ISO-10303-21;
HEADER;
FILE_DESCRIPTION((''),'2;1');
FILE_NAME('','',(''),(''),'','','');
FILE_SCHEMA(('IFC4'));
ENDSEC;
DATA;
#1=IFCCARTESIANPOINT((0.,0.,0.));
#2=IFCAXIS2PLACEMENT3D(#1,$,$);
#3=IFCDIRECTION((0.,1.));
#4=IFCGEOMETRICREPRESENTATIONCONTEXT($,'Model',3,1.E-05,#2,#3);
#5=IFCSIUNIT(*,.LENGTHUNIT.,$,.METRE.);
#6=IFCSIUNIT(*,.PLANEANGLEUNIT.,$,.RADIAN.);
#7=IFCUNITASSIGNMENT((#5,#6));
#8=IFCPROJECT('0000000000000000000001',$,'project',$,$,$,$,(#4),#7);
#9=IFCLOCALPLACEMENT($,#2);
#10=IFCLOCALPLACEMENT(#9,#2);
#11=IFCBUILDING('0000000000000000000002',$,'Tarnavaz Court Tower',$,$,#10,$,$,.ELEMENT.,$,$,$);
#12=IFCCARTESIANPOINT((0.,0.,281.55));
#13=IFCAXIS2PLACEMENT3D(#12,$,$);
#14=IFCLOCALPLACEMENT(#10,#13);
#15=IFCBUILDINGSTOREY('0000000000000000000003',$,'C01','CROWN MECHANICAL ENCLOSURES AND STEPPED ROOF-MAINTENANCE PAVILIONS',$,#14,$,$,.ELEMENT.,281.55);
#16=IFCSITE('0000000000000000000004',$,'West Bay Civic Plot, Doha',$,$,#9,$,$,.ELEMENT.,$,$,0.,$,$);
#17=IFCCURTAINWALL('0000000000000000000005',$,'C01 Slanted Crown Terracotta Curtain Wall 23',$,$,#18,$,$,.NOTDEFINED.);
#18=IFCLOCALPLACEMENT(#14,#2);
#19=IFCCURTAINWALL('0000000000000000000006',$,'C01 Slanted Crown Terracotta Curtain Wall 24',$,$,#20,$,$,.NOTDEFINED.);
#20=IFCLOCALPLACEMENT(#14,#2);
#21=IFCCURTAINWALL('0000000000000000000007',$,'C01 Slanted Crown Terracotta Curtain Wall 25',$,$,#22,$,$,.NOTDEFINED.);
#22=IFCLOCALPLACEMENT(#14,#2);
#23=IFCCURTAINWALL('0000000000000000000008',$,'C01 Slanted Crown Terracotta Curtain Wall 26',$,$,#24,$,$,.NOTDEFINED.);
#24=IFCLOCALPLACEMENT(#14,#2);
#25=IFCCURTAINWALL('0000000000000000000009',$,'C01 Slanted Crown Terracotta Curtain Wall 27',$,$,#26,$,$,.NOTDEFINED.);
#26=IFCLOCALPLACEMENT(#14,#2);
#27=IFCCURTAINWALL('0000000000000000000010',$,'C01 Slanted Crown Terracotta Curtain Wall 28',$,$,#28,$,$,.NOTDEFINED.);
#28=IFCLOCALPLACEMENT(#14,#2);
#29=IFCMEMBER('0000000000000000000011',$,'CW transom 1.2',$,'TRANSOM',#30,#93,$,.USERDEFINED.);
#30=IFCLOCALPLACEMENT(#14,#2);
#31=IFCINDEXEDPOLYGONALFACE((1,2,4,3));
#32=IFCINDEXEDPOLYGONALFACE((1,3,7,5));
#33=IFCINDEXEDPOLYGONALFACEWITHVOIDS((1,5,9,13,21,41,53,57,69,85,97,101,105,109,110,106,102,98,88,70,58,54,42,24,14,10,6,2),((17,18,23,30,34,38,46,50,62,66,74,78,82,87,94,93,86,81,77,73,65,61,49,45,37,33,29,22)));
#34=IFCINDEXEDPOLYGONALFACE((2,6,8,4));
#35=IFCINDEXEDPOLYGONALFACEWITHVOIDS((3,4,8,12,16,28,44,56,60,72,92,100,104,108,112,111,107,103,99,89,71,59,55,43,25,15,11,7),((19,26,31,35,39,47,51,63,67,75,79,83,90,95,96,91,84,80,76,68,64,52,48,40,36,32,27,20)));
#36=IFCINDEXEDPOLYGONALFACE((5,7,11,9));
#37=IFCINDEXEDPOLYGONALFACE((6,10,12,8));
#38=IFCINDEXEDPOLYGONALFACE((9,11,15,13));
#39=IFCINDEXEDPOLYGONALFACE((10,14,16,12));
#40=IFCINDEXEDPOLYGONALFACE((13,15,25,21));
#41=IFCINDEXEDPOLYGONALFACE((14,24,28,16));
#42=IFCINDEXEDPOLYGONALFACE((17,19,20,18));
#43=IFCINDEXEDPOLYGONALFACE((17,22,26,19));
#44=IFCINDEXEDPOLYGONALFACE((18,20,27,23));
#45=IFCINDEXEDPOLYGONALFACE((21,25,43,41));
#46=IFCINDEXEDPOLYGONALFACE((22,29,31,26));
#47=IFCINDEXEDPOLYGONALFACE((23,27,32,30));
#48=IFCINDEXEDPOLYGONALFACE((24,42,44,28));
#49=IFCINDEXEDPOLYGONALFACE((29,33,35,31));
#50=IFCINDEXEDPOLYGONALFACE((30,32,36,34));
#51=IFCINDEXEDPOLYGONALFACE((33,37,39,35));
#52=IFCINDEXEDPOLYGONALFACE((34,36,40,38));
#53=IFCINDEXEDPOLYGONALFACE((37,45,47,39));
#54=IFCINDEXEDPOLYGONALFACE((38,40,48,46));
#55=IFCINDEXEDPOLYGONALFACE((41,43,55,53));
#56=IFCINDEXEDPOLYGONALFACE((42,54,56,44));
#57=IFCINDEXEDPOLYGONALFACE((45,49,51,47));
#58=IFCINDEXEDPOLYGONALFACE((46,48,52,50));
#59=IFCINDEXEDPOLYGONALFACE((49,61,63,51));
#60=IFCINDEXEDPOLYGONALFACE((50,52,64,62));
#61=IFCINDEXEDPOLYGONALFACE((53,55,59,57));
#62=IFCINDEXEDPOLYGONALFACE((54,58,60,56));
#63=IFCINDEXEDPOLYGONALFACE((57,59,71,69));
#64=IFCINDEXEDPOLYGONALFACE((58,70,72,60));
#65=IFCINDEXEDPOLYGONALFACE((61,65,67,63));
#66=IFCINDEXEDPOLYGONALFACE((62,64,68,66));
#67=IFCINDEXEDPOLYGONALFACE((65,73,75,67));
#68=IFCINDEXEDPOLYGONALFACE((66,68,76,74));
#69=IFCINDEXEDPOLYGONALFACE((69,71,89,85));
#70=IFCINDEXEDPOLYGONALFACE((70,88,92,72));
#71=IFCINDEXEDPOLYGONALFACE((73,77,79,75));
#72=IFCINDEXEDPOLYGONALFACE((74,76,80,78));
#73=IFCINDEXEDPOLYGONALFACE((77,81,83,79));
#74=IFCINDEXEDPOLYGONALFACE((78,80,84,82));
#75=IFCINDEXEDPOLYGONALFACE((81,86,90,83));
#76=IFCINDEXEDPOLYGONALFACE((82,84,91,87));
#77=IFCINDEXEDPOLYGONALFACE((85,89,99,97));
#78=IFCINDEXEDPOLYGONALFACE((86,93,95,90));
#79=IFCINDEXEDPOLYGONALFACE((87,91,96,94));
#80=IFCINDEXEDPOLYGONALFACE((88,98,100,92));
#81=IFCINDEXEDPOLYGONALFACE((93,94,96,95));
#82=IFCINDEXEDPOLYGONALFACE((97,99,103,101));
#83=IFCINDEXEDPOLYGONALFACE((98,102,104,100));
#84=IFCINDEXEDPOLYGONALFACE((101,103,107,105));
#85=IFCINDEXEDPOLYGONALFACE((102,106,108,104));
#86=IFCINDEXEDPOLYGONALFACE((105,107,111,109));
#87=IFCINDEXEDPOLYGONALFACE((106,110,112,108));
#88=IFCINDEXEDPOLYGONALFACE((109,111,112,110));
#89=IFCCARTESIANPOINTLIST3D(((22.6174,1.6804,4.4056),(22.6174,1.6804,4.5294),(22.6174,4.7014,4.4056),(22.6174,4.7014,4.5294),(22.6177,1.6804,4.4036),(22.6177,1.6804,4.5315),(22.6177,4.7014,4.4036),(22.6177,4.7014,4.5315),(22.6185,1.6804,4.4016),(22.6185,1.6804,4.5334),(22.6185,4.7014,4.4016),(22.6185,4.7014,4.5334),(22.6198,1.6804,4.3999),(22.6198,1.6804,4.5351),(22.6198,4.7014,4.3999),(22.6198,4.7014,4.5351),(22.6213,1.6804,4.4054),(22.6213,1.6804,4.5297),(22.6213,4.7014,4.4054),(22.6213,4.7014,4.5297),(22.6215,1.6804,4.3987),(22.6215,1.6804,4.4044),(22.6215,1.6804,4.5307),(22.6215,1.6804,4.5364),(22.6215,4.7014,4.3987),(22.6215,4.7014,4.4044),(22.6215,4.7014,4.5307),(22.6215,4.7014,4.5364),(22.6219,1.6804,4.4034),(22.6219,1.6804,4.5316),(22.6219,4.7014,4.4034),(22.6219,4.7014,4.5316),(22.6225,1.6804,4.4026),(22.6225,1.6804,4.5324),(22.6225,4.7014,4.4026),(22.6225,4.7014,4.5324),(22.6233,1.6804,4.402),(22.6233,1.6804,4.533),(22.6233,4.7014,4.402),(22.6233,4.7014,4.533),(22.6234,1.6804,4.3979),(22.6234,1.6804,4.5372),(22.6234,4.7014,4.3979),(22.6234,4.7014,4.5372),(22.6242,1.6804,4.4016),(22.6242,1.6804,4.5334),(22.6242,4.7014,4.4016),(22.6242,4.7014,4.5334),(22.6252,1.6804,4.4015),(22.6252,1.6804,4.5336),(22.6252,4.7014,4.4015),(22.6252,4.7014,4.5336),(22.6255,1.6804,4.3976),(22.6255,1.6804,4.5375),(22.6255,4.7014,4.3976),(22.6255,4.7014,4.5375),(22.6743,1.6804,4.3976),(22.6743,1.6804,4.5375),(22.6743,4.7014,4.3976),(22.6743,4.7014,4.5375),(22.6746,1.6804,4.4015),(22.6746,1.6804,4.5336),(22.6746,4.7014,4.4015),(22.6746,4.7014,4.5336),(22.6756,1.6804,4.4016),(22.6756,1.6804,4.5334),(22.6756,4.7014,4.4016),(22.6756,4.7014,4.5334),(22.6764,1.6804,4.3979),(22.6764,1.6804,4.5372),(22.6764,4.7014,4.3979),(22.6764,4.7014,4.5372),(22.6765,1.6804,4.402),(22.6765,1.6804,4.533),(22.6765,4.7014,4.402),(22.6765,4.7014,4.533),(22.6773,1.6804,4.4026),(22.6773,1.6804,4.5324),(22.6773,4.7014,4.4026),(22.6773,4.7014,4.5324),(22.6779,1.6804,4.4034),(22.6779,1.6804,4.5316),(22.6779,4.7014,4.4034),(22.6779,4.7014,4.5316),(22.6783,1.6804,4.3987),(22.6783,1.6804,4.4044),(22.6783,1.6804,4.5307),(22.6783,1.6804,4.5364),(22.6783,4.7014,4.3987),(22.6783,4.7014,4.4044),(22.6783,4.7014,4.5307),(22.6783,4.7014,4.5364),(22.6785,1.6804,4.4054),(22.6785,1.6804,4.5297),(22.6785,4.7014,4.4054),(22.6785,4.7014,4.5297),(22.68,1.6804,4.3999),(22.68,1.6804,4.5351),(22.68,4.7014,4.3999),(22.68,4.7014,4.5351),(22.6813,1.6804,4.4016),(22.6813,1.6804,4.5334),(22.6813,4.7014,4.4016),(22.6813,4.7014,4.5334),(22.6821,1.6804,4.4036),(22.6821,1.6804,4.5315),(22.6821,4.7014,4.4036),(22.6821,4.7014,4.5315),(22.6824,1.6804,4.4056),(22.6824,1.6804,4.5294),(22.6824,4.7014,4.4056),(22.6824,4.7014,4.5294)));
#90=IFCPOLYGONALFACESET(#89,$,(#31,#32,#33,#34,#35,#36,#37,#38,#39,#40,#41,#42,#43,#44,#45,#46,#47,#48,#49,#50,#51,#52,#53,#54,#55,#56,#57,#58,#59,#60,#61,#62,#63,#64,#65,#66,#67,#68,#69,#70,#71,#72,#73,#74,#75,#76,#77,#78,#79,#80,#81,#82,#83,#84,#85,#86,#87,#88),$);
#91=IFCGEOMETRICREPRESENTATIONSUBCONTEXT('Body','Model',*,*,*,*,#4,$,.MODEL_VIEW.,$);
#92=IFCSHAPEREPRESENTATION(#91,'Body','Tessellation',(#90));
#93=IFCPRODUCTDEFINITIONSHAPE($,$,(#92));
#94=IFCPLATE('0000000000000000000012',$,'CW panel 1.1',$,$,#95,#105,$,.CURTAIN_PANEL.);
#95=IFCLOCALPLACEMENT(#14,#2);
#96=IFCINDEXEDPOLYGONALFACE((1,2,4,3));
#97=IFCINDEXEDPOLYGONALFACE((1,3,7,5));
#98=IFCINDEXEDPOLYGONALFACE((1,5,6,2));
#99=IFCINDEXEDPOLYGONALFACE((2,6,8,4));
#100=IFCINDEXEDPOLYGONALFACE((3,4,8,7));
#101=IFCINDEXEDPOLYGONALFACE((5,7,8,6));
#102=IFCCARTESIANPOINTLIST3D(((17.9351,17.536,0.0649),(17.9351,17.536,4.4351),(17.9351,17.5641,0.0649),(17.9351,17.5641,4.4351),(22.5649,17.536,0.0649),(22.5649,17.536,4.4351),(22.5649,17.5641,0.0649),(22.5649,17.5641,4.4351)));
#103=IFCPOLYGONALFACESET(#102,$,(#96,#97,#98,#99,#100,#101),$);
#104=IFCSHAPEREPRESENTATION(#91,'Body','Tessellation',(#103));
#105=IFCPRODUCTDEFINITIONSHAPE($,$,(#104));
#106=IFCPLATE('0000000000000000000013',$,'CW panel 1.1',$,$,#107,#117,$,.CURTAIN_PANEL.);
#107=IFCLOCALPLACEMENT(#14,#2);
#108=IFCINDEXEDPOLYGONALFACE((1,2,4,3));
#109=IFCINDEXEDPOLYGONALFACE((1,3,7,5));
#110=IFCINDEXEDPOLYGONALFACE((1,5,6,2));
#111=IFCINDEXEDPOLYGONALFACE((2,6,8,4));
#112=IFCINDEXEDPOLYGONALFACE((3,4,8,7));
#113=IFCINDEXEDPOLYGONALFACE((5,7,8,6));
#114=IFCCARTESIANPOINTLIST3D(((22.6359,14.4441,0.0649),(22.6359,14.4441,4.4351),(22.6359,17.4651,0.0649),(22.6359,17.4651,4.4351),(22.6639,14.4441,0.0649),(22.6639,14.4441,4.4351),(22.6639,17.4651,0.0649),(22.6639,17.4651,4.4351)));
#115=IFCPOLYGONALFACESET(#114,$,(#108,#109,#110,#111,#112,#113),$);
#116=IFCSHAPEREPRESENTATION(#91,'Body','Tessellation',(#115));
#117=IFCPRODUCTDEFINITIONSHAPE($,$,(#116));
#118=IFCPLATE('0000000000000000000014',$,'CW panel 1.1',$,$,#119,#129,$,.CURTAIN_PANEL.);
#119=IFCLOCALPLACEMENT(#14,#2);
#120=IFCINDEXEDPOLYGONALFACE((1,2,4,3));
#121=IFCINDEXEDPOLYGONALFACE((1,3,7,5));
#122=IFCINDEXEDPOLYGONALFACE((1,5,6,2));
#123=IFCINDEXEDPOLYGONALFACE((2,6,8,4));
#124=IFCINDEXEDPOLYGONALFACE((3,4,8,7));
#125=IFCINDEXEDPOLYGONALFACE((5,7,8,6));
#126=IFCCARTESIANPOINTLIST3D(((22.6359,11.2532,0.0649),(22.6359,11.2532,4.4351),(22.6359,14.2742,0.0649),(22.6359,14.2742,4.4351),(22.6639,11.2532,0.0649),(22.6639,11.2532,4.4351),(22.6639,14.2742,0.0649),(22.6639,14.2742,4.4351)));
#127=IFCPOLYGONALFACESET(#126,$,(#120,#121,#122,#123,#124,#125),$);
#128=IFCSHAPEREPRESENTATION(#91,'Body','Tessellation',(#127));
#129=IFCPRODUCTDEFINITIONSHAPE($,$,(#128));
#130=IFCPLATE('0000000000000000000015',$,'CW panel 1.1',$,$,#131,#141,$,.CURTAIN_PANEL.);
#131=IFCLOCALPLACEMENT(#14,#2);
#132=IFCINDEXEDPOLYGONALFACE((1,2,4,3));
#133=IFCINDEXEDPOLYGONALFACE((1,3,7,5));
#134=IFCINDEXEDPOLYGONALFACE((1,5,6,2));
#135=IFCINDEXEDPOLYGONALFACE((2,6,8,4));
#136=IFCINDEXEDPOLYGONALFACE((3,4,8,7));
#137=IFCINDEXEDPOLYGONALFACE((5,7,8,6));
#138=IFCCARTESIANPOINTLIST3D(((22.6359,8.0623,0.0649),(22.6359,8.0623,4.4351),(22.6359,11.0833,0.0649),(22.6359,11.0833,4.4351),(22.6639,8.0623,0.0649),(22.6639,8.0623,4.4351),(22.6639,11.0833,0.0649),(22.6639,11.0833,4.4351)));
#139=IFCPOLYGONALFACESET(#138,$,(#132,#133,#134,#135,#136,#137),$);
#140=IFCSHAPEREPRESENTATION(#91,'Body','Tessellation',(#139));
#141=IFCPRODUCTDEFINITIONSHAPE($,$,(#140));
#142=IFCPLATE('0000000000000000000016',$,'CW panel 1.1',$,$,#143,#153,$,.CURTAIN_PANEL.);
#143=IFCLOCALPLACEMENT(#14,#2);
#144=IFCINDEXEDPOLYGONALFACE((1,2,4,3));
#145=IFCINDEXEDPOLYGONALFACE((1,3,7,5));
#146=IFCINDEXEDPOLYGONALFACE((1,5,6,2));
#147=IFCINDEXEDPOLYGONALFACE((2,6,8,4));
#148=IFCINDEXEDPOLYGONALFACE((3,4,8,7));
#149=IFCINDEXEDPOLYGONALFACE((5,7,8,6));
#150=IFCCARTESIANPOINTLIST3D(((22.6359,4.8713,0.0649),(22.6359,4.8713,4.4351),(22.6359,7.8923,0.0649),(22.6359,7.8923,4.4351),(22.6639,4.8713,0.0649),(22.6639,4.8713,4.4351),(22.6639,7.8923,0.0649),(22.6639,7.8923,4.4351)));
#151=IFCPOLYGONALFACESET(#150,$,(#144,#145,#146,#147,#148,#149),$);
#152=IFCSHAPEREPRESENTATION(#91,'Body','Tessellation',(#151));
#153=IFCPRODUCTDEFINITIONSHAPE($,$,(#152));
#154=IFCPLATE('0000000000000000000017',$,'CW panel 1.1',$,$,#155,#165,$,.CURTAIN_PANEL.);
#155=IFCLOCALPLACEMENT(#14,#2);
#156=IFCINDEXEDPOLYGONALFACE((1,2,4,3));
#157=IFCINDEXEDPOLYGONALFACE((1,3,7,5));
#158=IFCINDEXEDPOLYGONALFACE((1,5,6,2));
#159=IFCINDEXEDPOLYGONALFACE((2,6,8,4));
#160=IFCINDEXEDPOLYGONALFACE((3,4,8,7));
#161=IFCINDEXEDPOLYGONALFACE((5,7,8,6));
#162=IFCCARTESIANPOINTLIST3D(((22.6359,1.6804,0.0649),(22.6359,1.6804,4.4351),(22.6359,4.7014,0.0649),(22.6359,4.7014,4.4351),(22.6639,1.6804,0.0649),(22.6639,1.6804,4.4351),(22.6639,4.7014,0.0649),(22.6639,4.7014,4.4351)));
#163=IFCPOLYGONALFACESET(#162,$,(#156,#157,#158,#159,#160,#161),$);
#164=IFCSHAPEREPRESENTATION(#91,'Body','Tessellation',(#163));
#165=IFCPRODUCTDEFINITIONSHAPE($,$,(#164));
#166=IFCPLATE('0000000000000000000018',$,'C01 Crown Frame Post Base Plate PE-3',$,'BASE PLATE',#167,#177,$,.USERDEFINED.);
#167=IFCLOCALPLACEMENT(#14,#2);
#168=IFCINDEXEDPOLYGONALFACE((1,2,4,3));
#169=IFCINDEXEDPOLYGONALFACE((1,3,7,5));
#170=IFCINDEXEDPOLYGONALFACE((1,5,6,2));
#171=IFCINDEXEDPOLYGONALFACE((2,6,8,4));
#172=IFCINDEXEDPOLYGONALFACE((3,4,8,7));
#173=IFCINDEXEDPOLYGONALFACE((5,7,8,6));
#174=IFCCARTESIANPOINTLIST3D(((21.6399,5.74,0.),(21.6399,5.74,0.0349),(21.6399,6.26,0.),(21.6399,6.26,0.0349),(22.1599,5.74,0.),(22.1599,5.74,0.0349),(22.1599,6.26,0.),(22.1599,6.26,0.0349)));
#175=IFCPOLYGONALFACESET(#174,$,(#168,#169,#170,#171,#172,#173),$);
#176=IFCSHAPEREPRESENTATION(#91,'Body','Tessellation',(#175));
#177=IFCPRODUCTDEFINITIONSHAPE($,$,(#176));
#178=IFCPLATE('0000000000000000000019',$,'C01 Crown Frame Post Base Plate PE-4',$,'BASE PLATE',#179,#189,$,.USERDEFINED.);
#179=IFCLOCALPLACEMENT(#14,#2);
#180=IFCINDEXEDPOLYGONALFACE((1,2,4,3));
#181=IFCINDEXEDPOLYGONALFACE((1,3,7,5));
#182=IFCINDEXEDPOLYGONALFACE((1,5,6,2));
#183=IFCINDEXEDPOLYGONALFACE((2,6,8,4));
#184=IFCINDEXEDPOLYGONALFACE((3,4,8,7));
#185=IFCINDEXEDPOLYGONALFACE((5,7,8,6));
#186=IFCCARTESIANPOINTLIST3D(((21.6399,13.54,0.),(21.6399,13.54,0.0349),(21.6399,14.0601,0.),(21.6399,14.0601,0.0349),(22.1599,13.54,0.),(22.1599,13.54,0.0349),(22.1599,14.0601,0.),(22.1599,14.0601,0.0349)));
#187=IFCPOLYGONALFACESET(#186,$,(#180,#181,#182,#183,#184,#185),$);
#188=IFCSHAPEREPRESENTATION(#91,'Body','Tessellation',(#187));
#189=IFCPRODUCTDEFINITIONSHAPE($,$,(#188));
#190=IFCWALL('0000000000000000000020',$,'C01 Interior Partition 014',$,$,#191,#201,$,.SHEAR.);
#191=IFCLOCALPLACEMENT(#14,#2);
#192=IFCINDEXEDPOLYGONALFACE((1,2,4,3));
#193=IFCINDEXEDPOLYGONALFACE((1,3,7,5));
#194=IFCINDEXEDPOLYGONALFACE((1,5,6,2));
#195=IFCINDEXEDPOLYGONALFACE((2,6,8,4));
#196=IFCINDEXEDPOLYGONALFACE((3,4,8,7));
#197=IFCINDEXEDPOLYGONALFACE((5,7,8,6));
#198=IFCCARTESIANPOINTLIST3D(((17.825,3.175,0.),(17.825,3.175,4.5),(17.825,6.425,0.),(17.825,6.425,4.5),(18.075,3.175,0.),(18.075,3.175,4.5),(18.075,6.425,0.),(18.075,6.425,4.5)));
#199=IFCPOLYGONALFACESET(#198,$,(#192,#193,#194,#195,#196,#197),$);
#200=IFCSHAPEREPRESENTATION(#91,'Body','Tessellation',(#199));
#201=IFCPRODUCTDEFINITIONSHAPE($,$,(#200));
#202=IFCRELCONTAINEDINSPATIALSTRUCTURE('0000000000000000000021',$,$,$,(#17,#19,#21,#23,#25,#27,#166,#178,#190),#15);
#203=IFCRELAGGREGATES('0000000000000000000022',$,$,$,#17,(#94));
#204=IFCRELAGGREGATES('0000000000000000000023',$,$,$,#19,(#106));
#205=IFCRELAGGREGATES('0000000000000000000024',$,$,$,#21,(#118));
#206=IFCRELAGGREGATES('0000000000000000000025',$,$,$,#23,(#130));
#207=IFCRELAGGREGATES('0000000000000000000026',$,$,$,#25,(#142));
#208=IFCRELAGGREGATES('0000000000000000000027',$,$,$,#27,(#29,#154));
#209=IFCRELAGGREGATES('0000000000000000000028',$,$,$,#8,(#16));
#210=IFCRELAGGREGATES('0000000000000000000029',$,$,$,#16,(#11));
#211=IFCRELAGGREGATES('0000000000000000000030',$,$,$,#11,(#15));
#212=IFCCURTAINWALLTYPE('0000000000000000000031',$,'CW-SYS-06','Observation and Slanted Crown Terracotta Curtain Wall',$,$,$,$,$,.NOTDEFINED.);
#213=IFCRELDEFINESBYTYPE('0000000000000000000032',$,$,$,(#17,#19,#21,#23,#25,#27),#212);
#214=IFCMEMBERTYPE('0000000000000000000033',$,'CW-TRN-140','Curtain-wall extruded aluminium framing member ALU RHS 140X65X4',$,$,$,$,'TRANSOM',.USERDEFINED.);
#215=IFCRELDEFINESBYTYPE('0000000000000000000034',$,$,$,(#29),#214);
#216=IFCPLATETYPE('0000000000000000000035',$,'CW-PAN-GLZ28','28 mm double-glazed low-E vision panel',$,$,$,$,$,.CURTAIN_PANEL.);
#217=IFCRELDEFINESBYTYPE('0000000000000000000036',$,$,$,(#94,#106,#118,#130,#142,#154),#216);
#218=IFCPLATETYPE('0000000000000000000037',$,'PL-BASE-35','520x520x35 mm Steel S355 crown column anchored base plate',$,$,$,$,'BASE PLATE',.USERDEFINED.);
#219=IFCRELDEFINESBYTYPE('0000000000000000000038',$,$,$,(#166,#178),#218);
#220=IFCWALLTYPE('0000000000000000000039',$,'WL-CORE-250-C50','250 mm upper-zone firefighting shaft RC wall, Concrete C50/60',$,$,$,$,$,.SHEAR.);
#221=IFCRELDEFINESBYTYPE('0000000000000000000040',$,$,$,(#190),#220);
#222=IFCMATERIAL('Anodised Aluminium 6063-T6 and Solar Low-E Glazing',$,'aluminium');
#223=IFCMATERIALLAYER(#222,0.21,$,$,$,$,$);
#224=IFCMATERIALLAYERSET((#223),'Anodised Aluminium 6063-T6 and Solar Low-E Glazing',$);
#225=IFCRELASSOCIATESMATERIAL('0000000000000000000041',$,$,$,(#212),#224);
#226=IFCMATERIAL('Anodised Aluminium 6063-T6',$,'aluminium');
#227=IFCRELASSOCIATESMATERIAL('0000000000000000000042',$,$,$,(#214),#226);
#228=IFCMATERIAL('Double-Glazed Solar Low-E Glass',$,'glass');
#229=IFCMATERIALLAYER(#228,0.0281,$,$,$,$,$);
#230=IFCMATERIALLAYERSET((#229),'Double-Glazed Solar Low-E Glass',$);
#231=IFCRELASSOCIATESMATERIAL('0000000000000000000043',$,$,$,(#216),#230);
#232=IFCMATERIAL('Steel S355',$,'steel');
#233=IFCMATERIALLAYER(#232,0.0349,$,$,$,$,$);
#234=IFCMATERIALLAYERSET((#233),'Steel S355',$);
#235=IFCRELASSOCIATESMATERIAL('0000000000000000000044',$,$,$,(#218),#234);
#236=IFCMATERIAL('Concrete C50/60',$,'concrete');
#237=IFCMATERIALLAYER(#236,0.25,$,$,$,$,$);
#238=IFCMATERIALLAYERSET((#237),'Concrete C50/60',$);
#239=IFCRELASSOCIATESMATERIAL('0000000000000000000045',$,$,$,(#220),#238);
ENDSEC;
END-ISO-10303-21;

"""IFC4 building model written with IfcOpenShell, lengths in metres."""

from ifc_helpers import new_model, si_unit, direction, frame, frame_2d, origin, origin_2d, place, context, subcontext, project, spatial, rectangle, hollow_rectangle, extrude, material, layer, layer_set, material_profile, profile_set, type_object, element, aggregate, save


model = new_model("IFC4")

# Units and contexts
model_context = context("Model", 3, precision=1e-05, world=origin(), true_north=direction((0.0, 1.0)))
body_context = subcontext(model_context, "Body", "Model", "MODEL_VIEW")
ifc_project = project(units=[si_unit("LENGTHUNIT", "METRE"), si_unit("PLANEANGLEUNIT", "RADIAN")], contexts=[model_context])

# Site, building, storey
site_placement = place(None, origin())
site = spatial("IfcSite", under=ifc_project, at=site_placement, Name="West Bay Civic Plot, Doha", CompositionType="ELEMENT", RefElevation=0.0)
building_placement = place(site_placement, origin())
building = spatial("IfcBuilding", under=site, at=building_placement, Name="Tarnavaz Court Tower", CompositionType="ELEMENT")
storey_placement = place(building_placement, frame((0.0, 0.0, 281.55)))
storey = spatial("IfcBuildingStorey", under=building, at=storey_placement, Name="C01", Description="CROWN MECHANICAL ENCLOSURES AND STEPPED ROOF-MAINTENANCE PAVILIONS", CompositionType="ELEMENT", Elevation=281.55)

# Shared definitions
ifc_material_1 = material(Name="Steel S355", Category="steel")

# Shared definitions
ifc_material_2 = material(Name="Anodised Aluminium 6063-T6 and Solar Low-E Glazing", Category="aluminium")
ifc_layer_1 = layer(ifc_material_2, 0.21)
ifc_layer_set_1 = layer_set([ifc_layer_1], Name="Anodised Aluminium 6063-T6 and Solar Low-E Glazing")
curtain_wall_type = type_object("IfcCurtainWallType", Name="CW-SYS-06", Description="Observation and Slanted Crown Terracotta Curtain Wall", PredefinedType="NOTDEFINED", material=ifc_layer_set_1)
ifc_material_3 = material(Name="Anodised Aluminium 6063-T6", Category="aluminium")

# Curtain walls
curtain_wall_1_placement = place(storey_placement, origin())
curtain_wall_1 = element("IfcCurtainWall", 1, at=curtain_wall_1_placement, inside=storey, type_object=curtain_wall_type, Name="C01 Slanted Crown Terracotta Curtain Wall 23", PredefinedType="NOTDEFINED")
curtain_wall_2_placement = place(storey_placement, origin())
curtain_wall_2 = element("IfcCurtainWall", 2, at=curtain_wall_2_placement, inside=storey, type_object=curtain_wall_type, Name="C01 Slanted Crown Terracotta Curtain Wall 24", PredefinedType="NOTDEFINED")
curtain_wall_3_placement = place(storey_placement, origin())
curtain_wall_3 = element("IfcCurtainWall", 3, at=curtain_wall_3_placement, inside=storey, type_object=curtain_wall_type, Name="C01 Slanted Crown Terracotta Curtain Wall 25", PredefinedType="NOTDEFINED")
curtain_wall_4_placement = place(storey_placement, origin())
curtain_wall_4 = element("IfcCurtainWall", 4, at=curtain_wall_4_placement, inside=storey, type_object=curtain_wall_type, Name="C01 Slanted Crown Terracotta Curtain Wall 26", PredefinedType="NOTDEFINED")
curtain_wall_5_placement = place(storey_placement, origin())
curtain_wall_5 = element("IfcCurtainWall", 5, at=curtain_wall_5_placement, inside=storey, type_object=curtain_wall_type, Name="C01 Slanted Crown Terracotta Curtain Wall 27", PredefinedType="NOTDEFINED")
curtain_wall_6_placement = place(storey_placement, origin())
curtain_wall_6 = element("IfcCurtainWall", 6, at=curtain_wall_6_placement, inside=storey, type_object=curtain_wall_type, Name="C01 Slanted Crown Terracotta Curtain Wall 28", PredefinedType="NOTDEFINED")

# Member
ifc_material_profile_1 = material_profile(ifc_material_3, hollow_rectangle(XDim=0.0649, YDim=0.1399, WallThickness=0.0039, InnerFilletRadius=0.0039, OuterFilletRadius=0.0081, at=origin_2d()), Name="ALU RHS 140X65X4")
ifc_profile_set_1 = profile_set([ifc_material_profile_1], Name="Anodised Aluminium 6063-T6")
member_type_1 = type_object("IfcMemberType", Name="CW-TRN-140", Description="Curtain-wall extruded aluminium framing member ALU RHS 140X65X4", ElementType="TRANSOM", PredefinedType="USERDEFINED", material=ifc_profile_set_1)
member_1_placement = place(storey_placement, frame((22.6499, 4.7014, 4.4675), z_axis=(0.0, -1.0, 0.0), x_axis=(1.0, 0.0, 0.0)))
member_1 = element("IfcMember", 7, at=member_1_placement, type_object=member_type_1, Name="CW transom 1.2", ObjectType="TRANSOM", PredefinedType="USERDEFINED", context=body_context, shape_type="SweptSolid", body=[
    extrude(hollow_rectangle(XDim=0.0649, YDim=0.1399, WallThickness=0.0039, InnerFilletRadius=0.0039, OuterFilletRadius=0.0081, at=origin_2d()), origin(), (0.0, 0.0, 1.0), 3.021),
])

# Plates
ifc_material_4 = material(Name="Double-Glazed Solar Low-E Glass", Category="glass")
ifc_layer_2 = layer(ifc_material_4, 0.0281)
ifc_layer_set_2 = layer_set([ifc_layer_2], Name="Double-Glazed Solar Low-E Glass")
plate_type_1 = type_object("IfcPlateType", Name="CW-PAN-GLZ28", Description="28 mm double-glazed low-E vision panel", PredefinedType="CURTAIN_PANEL", material=ifc_layer_set_2)
plate_1_placement = place(storey_placement, frame((20.25, 17.55, 0.0649), z_axis=(0.0, 0.0, 1.0), x_axis=(1.0, 0.0, 0.0)))
plate_1 = element("IfcPlate", 8, at=plate_1_placement, type_object=plate_type_1, Name="CW panel 1.1", PredefinedType="CURTAIN_PANEL", context=body_context, shape_type="SweptSolid", body=[
    extrude(rectangle(XDim=4.6299, YDim=0.0281, at=origin_2d()), origin(), (0.0, 0.0, 1.0), 4.3701),
])
aggregate(curtain_wall_1, [plate_1])
plate_2_placement = place(storey_placement, frame((22.6499, 15.9546, 0.0649), z_axis=(0.0, 0.0, 1.0), x_axis=(0.0, -1.0, 0.0)))
plate_2 = element("IfcPlate", 9, at=plate_2_placement, type_object=plate_type_1, Name="CW panel 1.1", PredefinedType="CURTAIN_PANEL", context=body_context, shape_type="SweptSolid", body=[
    extrude(rectangle(XDim=3.021, YDim=0.0281, at=origin_2d()), origin(), (0.0, 0.0, 1.0), 4.3701),
])
aggregate(curtain_wall_2, [plate_2])
plate_3_placement = place(storey_placement, frame((22.6499, 12.7637, 0.0649), z_axis=(0.0, 0.0, 1.0), x_axis=(0.0, -1.0, 0.0)))
plate_3 = element("IfcPlate", 10, at=plate_3_placement, type_object=plate_type_1, Name="CW panel 1.1", PredefinedType="CURTAIN_PANEL", context=body_context, shape_type="SweptSolid", body=[
    extrude(rectangle(XDim=3.021, YDim=0.0281, at=origin_2d()), origin(), (0.0, 0.0, 1.0), 4.3701),
])
aggregate(curtain_wall_3, [plate_3])
plate_4_placement = place(storey_placement, frame((22.6499, 9.5728, 0.0649), z_axis=(0.0, 0.0, 1.0), x_axis=(0.0, -1.0, 0.0)))
plate_4 = element("IfcPlate", 11, at=plate_4_placement, type_object=plate_type_1, Name="CW panel 1.1", PredefinedType="CURTAIN_PANEL", context=body_context, shape_type="SweptSolid", body=[
    extrude(rectangle(XDim=3.021, YDim=0.0281, at=origin_2d()), origin(), (0.0, 0.0, 1.0), 4.3701),
])
aggregate(curtain_wall_4, [plate_4])
plate_5_placement = place(storey_placement, frame((22.6499, 6.3818, 0.0649), z_axis=(0.0, 0.0, 1.0), x_axis=(0.0, -1.0, 0.0)))
plate_5 = element("IfcPlate", 12, at=plate_5_placement, type_object=plate_type_1, Name="CW panel 1.1", PredefinedType="CURTAIN_PANEL", context=body_context, shape_type="SweptSolid", body=[
    extrude(rectangle(XDim=3.021, YDim=0.0281, at=origin_2d()), origin(), (0.0, 0.0, 1.0), 4.3701),
])
aggregate(curtain_wall_5, [plate_5])
plate_6_placement = place(storey_placement, frame((22.6499, 3.1909, 0.0649), z_axis=(0.0, 0.0, 1.0), x_axis=(0.0, -1.0, 0.0)))
plate_6 = element("IfcPlate", 13, at=plate_6_placement, type_object=plate_type_1, Name="CW panel 1.1", PredefinedType="CURTAIN_PANEL", context=body_context, shape_type="SweptSolid", body=[
    extrude(rectangle(XDim=3.021, YDim=0.0281, at=origin_2d()), origin(), (0.0, 0.0, 1.0), 4.3701),
])
aggregate(curtain_wall_6, [member_1, plate_6])

# Plates
ifc_layer_3 = layer(ifc_material_1, 0.0349)
ifc_layer_set_3 = layer_set([ifc_layer_3], Name="Steel S355")
plate_type_2 = type_object("IfcPlateType", Name="PL-BASE-35", Description="520x520x35 mm Steel S355 crown column anchored base plate", ElementType="BASE PLATE", PredefinedType="USERDEFINED", material=ifc_layer_set_3)
for number, where, z_axis, x_axis, name in (
    (14, (21.8999, 6.0, 0.0), (0.0, 0.0, 1.0), (1.0, 0.0, 0.0), "C01 Crown Frame Post Base Plate PE-3"),
    (15, (21.8999, 13.8, 0.0), (0.0, 0.0, 1.0), (1.0, 0.0, 0.0), "C01 Crown Frame Post Base Plate PE-4"),
):
    element("IfcPlate", number, at=place(storey_placement, frame(where, z_axis=z_axis, x_axis=x_axis)), inside=storey, type_object=plate_type_2, Name=name, ObjectType="BASE PLATE", PredefinedType="USERDEFINED", context=body_context, shape_type="SweptSolid", body=[
        extrude(rectangle(XDim=0.52, YDim=0.52, at=origin_2d()), origin(), (0.0, 0.0, 1.0), 0.0349),
    ])

# Wall
ifc_material_5 = material(Name="Concrete C50/60", Category="concrete")
ifc_layer_4 = layer(ifc_material_5, 0.25)
ifc_layer_set_4 = layer_set([ifc_layer_4], Name="Concrete C50/60")
wall_type = type_object("IfcWallType", Name="WL-CORE-250-C50", Description="250 mm upper-zone firefighting shaft RC wall, Concrete C50/60", PredefinedType="SHEAR", material=ifc_layer_set_4)
wall_placement = place(storey_placement, frame((17.95, 3.175, 0.0), z_axis=(0.0, 0.0, 1.0), x_axis=(0.0, 1.0, 0.0)))
element("IfcWall", 16, at=wall_placement, inside=storey, type_object=wall_type, Name="C01 Interior Partition 014", PredefinedType="SHEAR", context=body_context, shape_type="SweptSolid", body=[
    extrude(rectangle(XDim=3.25, YDim=0.25, at=frame_2d((1.625, 0.0))), origin(), (0.0, 0.0, 1.0), 4.5),
])

save(model, "model.ifc")
